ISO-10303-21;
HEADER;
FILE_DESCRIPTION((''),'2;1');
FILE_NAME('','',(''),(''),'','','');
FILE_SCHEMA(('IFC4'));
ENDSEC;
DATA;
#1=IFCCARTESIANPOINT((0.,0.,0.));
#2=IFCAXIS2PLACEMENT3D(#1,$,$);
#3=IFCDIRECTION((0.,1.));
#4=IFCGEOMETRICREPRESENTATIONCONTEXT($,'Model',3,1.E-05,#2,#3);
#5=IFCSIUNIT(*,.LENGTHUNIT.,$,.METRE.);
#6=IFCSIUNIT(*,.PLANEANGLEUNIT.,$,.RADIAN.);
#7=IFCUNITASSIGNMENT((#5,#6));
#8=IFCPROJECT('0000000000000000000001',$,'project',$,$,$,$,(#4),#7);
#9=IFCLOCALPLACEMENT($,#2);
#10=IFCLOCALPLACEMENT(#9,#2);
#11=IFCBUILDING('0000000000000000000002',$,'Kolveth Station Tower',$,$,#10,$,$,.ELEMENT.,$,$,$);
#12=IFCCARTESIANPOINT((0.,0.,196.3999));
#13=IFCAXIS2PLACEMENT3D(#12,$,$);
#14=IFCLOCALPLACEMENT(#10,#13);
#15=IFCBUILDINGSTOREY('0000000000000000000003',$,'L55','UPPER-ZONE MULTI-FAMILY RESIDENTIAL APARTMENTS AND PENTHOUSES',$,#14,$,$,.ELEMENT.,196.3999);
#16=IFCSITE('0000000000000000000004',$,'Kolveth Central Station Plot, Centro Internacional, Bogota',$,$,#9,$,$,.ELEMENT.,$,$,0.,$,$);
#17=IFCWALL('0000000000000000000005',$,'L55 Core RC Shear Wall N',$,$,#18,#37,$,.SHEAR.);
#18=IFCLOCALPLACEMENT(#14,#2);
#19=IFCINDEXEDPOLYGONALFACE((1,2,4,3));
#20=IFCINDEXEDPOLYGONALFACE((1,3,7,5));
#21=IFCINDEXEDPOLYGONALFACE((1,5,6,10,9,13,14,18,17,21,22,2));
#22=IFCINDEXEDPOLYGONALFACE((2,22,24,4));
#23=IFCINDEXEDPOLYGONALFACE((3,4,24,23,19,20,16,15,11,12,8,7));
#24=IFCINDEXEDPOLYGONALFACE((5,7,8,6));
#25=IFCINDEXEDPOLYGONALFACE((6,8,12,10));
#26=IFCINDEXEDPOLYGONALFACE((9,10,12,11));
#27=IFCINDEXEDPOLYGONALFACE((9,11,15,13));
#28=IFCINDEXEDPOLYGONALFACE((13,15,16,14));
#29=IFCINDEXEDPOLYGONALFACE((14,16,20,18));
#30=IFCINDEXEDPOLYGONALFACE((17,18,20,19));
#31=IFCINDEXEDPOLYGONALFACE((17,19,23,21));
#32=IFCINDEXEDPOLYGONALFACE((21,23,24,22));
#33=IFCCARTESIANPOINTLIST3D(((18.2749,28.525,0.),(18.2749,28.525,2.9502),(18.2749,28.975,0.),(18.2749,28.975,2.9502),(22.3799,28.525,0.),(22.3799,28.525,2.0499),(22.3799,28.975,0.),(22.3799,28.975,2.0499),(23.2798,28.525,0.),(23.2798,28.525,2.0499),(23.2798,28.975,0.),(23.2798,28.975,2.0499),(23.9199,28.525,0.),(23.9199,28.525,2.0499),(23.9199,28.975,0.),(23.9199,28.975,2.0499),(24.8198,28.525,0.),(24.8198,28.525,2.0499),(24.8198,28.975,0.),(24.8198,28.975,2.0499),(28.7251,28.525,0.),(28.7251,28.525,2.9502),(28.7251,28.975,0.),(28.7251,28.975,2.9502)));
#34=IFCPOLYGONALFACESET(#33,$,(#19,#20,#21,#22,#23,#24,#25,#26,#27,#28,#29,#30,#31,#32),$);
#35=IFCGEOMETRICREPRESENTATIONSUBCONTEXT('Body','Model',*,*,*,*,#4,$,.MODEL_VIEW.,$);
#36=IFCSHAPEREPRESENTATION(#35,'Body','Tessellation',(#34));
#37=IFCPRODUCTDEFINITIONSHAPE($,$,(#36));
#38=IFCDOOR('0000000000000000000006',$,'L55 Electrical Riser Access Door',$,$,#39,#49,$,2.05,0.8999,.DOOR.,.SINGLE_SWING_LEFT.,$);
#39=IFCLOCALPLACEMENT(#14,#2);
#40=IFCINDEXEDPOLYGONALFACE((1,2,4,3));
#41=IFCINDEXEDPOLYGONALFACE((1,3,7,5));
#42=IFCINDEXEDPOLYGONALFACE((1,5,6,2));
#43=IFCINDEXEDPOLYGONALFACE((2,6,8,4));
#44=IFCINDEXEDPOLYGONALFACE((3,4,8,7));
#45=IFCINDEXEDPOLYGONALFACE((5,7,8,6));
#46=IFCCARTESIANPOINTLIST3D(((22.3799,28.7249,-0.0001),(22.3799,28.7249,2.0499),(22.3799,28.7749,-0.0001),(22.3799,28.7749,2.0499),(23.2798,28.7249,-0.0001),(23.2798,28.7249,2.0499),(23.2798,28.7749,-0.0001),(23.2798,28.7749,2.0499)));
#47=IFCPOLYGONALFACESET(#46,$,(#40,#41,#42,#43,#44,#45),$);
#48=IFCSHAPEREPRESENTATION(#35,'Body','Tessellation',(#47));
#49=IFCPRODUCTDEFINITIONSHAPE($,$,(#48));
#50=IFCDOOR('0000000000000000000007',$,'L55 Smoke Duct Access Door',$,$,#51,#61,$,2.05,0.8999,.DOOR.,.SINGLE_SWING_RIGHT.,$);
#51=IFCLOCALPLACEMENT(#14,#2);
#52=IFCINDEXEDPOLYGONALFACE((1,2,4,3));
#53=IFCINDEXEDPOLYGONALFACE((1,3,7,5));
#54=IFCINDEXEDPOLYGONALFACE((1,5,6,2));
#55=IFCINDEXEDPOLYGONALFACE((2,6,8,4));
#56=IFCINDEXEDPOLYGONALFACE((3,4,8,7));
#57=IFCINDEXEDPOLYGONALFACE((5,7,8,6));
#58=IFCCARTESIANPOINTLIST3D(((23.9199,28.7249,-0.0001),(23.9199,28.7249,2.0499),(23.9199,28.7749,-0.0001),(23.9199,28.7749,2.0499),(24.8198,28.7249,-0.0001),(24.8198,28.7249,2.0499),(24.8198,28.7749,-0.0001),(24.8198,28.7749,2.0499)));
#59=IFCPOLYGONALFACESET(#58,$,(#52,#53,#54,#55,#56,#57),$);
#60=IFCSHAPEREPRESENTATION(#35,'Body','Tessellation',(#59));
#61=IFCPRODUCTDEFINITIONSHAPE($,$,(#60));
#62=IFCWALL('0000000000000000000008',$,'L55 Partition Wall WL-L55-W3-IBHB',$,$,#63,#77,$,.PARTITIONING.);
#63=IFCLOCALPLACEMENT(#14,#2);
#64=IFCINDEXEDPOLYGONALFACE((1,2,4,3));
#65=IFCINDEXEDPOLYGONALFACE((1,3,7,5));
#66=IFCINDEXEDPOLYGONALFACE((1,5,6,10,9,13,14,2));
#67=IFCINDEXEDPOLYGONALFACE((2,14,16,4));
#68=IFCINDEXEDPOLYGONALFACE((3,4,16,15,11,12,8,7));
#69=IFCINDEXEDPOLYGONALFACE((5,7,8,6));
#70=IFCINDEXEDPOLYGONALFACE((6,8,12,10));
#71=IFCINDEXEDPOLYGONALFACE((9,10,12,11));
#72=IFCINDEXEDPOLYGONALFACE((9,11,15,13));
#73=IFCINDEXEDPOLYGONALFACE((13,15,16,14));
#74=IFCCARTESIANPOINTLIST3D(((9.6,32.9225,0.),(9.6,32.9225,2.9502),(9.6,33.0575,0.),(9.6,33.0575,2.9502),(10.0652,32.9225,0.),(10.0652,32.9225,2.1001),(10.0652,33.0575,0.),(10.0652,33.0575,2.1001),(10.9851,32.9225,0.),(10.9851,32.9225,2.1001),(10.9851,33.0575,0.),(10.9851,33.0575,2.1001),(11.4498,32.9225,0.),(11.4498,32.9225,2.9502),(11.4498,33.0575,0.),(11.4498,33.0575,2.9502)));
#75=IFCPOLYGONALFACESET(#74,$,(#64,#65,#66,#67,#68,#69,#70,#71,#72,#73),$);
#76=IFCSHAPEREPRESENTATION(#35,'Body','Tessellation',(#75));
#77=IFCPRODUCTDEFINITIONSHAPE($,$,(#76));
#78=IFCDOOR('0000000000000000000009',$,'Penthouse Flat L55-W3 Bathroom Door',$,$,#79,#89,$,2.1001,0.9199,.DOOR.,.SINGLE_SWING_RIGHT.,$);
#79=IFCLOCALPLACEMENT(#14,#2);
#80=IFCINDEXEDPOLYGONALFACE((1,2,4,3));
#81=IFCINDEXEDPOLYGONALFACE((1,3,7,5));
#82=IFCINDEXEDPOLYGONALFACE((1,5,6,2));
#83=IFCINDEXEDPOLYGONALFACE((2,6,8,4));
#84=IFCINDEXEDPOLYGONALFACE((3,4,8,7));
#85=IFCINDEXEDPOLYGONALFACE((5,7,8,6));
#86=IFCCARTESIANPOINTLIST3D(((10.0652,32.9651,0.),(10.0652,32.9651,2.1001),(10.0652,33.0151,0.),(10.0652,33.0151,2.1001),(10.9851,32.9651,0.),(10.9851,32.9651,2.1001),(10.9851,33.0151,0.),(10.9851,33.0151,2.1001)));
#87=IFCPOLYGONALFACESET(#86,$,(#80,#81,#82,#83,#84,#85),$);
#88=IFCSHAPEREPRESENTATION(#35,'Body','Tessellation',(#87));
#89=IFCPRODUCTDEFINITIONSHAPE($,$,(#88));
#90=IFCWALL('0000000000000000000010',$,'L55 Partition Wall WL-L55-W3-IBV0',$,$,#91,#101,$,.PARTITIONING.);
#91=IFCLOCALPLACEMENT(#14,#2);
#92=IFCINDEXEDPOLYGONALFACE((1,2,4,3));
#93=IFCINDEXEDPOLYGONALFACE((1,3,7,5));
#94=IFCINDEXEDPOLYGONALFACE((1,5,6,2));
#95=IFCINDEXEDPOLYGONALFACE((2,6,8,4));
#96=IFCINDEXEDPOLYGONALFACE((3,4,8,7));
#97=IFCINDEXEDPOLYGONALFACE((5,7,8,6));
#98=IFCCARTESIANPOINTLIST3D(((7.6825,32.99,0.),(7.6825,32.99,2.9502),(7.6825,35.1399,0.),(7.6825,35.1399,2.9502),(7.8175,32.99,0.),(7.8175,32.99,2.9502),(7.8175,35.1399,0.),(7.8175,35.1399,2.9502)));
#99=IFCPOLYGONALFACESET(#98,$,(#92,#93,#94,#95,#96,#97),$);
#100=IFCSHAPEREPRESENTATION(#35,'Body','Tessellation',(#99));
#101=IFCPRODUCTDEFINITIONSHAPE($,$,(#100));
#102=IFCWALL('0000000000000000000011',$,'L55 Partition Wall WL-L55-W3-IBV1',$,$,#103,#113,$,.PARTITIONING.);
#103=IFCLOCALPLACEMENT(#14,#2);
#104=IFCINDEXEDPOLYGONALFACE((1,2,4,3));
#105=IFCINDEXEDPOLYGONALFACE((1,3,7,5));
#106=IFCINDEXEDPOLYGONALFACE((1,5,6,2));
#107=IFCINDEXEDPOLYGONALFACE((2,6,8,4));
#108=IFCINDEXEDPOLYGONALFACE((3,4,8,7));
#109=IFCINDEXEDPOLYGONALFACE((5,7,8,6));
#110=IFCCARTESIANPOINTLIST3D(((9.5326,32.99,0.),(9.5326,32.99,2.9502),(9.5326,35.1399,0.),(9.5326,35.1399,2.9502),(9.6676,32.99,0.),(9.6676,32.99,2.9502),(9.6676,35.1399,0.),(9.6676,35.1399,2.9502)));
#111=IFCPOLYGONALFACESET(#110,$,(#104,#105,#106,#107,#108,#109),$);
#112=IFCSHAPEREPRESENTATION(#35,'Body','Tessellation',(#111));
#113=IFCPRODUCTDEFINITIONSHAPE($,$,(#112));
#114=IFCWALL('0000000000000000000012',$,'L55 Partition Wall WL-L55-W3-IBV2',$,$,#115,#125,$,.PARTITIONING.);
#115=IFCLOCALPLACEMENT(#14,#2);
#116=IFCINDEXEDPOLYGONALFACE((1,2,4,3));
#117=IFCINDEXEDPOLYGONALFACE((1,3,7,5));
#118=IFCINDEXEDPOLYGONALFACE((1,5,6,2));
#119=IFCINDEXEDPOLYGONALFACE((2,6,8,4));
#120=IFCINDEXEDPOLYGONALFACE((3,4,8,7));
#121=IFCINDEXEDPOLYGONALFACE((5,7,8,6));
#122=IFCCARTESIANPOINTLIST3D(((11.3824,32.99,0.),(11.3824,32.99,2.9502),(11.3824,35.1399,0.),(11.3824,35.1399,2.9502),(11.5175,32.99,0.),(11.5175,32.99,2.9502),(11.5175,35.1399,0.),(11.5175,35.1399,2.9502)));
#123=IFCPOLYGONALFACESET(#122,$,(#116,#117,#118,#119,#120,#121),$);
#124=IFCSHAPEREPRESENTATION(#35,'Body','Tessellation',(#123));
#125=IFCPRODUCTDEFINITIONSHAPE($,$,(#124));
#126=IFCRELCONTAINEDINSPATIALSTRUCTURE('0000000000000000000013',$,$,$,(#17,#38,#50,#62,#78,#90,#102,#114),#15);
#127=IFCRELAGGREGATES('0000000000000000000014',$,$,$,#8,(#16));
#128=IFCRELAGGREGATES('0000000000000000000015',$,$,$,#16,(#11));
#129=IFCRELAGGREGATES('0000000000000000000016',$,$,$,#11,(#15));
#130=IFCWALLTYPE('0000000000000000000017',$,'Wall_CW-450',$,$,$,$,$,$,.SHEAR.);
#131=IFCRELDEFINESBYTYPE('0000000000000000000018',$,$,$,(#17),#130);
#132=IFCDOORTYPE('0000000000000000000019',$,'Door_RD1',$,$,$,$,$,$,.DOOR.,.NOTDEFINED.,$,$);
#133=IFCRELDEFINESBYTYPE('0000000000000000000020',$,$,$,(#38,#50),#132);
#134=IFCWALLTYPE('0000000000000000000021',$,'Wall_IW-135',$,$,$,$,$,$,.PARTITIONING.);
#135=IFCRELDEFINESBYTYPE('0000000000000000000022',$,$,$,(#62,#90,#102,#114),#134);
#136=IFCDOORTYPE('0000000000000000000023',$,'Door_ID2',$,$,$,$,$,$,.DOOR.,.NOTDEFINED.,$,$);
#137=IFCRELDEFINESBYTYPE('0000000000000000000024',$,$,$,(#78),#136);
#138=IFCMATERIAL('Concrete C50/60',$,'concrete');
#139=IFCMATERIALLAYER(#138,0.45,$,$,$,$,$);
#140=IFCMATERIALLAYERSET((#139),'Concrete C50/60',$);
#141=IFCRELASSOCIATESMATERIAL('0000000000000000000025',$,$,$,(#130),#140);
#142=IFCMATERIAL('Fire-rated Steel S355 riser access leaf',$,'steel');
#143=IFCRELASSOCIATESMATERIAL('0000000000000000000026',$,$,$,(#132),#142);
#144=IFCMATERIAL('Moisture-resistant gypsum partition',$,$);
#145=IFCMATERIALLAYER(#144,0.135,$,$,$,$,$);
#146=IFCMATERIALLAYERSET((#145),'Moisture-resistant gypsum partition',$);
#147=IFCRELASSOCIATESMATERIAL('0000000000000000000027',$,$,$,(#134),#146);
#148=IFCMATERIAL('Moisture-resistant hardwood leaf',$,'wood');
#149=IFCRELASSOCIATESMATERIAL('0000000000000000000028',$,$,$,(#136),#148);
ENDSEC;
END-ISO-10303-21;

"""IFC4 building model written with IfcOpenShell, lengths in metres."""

from ifc_helpers import new_model, si_unit, direction, frame, frame_2d, origin, place, context, subcontext, project, spatial, rectangle, extrude, material, layer, layer_set, type_object, element, fill, save


model = new_model("IFC4")

# Units and contexts
model_context = context("Model", 3, precision=1e-05, world=origin(), true_north=direction((0.0, 1.0)))
body_context = subcontext(model_context, "Body", "Model", "MODEL_VIEW")
ifc_project = project(units=[si_unit("LENGTHUNIT", "METRE"), si_unit("PLANEANGLEUNIT", "RADIAN")], contexts=[model_context])

# Site, building, storey
site_placement = place(None, origin())
site = spatial("IfcSite", under=ifc_project, at=site_placement, Name="Kolveth Central Station Plot, Centro Internacional, Bogota", CompositionType="ELEMENT", RefElevation=0.0)
building_placement = place(site_placement, origin())
building = spatial("IfcBuilding", under=site, at=building_placement, Name="Kolveth Station Tower", CompositionType="ELEMENT")
storey_placement = place(building_placement, frame((0.0, 0.0, 196.3999)))
storey = spatial("IfcBuildingStorey", under=building, at=storey_placement, Name="L55", Description="UPPER-ZONE MULTI-FAMILY RESIDENTIAL APARTMENTS AND PENTHOUSES", CompositionType="ELEMENT", Elevation=196.3999)

# Wall, openings, doors
ifc_material_1 = material(Name="Concrete C50/60", Category="concrete")
ifc_layer_1 = layer(ifc_material_1, 0.45)
ifc_layer_set_1 = layer_set([ifc_layer_1], Name="Concrete C50/60")
wall_type_1 = type_object("IfcWallType", Name="Wall_CW-450", PredefinedType="SHEAR", material=ifc_layer_set_1)
wall_1_placement = place(storey_placement, frame((18.2749, 28.75, 0.0), z_axis=(0.0, 0.0, 1.0), x_axis=(1.0, 0.0, 0.0)))
wall_1 = element("IfcWall", 1, at=wall_1_placement, inside=storey, type_object=wall_type_1, Name="L55 Core RC Shear Wall N", PredefinedType="SHEAR", context=body_context, shape_type="SweptSolid", body=[
    extrude(rectangle(XDim=10.4502, YDim=0.45, at=frame_2d((5.2251, 0.0))), origin(), (0.0, 0.0, 1.0), 2.9502),
])
opening_1_placement = place(wall_1_placement, frame((4.105, 0.0, 0.0)))
opening_1 = element("IfcOpeningElement", 2, at=opening_1_placement, cuts=wall_1, PredefinedType="OPENING", context=body_context, shape_type="SweptSolid", body=[
    extrude(rectangle(XDim=0.8999, YDim=2.05, at=frame_2d((0.45, 1.0249))), frame((0.0, 0.2349, 0.0), z_axis=(0.0, -1.0, 0.0), x_axis=(1.0, 0.0, 0.0)), (0.0, 0.0, 1.0), 0.47),
])
opening_2_placement = place(wall_1_placement, frame((5.645, 0.0, 0.0)))
opening_2 = element("IfcOpeningElement", 3, at=opening_2_placement, cuts=wall_1, PredefinedType="OPENING", context=body_context, shape_type="SweptSolid", body=[
    extrude(rectangle(XDim=0.8999, YDim=2.05, at=frame_2d((0.45, 1.0249))), frame((0.0, 0.2349, 0.0), z_axis=(0.0, -1.0, 0.0), x_axis=(1.0, 0.0, 0.0)), (0.0, 0.0, 1.0), 0.47),
])
ifc_material_2 = material(Name="Fire-rated Steel S355 riser access leaf", Category="steel")
door_type_1 = type_object("IfcDoorType", Name="Door_RD1", OperationType="NOTDEFINED", PredefinedType="DOOR", material=ifc_material_2)
door_1_placement = place(opening_1_placement, origin())
door_1 = element("IfcDoor", 4, at=door_1_placement, inside=storey, type_object=door_type_1, Name="L55 Electrical Riser Access Door", OperationType="SINGLE_SWING_LEFT", OverallHeight=2.05, OverallWidth=0.8999, PredefinedType="DOOR", context=body_context, shape_type="SweptSolid", body=[
    extrude(rectangle(XDim=0.8999, YDim=2.05, at=frame_2d((0.45, 1.0249))), frame((0.0, 0.0249, 0.0), z_axis=(0.0, -1.0, 0.0), x_axis=(1.0, 0.0, 0.0)), (0.0, 0.0, 1.0), 0.05),
])
fill(opening_1, door_1)
door_2_placement = place(opening_2_placement, origin())
door_2 = element("IfcDoor", 5, at=door_2_placement, inside=storey, type_object=door_type_1, Name="L55 Smoke Duct Access Door", OperationType="SINGLE_SWING_RIGHT", OverallHeight=2.05, OverallWidth=0.8999, PredefinedType="DOOR", context=body_context, shape_type="SweptSolid", body=[
    extrude(rectangle(XDim=0.8999, YDim=2.05, at=frame_2d((0.45, 1.0249))), frame((0.0, 0.0249, 0.0), z_axis=(0.0, -1.0, 0.0), x_axis=(1.0, 0.0, 0.0)), (0.0, 0.0, 1.0), 0.05),
])
fill(opening_2, door_2)

# Wall, opening, door
ifc_material_3 = material(Name="Moisture-resistant gypsum partition")
ifc_layer_2 = layer(ifc_material_3, 0.135)
ifc_layer_set_2 = layer_set([ifc_layer_2], Name="Moisture-resistant gypsum partition")
wall_type_2 = type_object("IfcWallType", Name="Wall_IW-135", PredefinedType="PARTITIONING", material=ifc_layer_set_2)
wall_2_placement = place(storey_placement, frame((9.6001, 32.99, 0.0), z_axis=(0.0, 0.0, 1.0), x_axis=(1.0, 0.0, 0.0)))
wall_2 = element("IfcWall", 6, at=wall_2_placement, inside=storey, type_object=wall_type_2, Name="L55 Partition Wall WL-L55-W3-IBHB", PredefinedType="PARTITIONING", context=body_context, shape_type="SweptSolid", body=[
    extrude(rectangle(XDim=1.8499, YDim=0.135, at=frame_2d((0.9248, 0.0))), origin(), (0.0, 0.0, 1.0), 2.9502),
])
opening_3_placement = place(wall_2_placement, frame((0.4651, 0.0, 0.0)))
opening_3 = element("IfcOpeningElement", 7, at=opening_3_placement, cuts=wall_2, PredefinedType="OPENING", context=body_context, shape_type="SweptSolid", body=[
    extrude(rectangle(XDim=0.9199, YDim=2.1001, at=frame_2d((0.46, 1.05))), frame((0.0, 0.0774, 0.0), z_axis=(0.0, -1.0, 0.0), x_axis=(1.0, 0.0, 0.0)), (0.0, 0.0, 1.0), 0.155),
])
ifc_material_4 = material(Name="Moisture-resistant hardwood leaf", Category="wood")
door_type_2 = type_object("IfcDoorType", Name="Door_ID2", OperationType="NOTDEFINED", PredefinedType="DOOR", material=ifc_material_4)
door_3_placement = place(opening_3_placement, frame((0.9199, 0.0, 0.0), z_axis=(0.0, 0.0, 1.0), x_axis=(-1.0, 0.0, 0.0)))
door_3 = element("IfcDoor", 8, at=door_3_placement, inside=storey, type_object=door_type_2, Name="Penthouse Flat L55-W3 Bathroom Door", OperationType="SINGLE_SWING_RIGHT", OverallHeight=2.1001, OverallWidth=0.9199, PredefinedType="DOOR", context=body_context, shape_type="SweptSolid", body=[
    extrude(rectangle(XDim=0.9199, YDim=2.1001, at=frame_2d((0.46, 1.05))), frame((0.0, 0.0249, 0.0), z_axis=(0.0, -1.0, 0.0), x_axis=(1.0, 0.0, 0.0)), (0.0, 0.0, 1.0), 0.05),
])
fill(opening_3, door_3)

# Walls
for number, where, z_axis, x_axis, name in (
    (9, (7.75, 32.99, 0.0), (0.0, 0.0, 1.0), (0.0, 1.0, 0.0), "L55 Partition Wall WL-L55-W3-IBV0"),
    (10, (9.6001, 32.99, 0.0), (0.0, 0.0, 1.0), (0.0, 1.0, 0.0), "L55 Partition Wall WL-L55-W3-IBV1"),
    (11, (11.45, 32.99, 0.0), (0.0, 0.0, 1.0), (0.0, 1.0, 0.0), "L55 Partition Wall WL-L55-W3-IBV2"),
):
    element("IfcWall", number, at=place(storey_placement, frame(where, z_axis=z_axis, x_axis=x_axis)), inside=storey, type_object=wall_type_2, Name=name, PredefinedType="PARTITIONING", context=body_context, shape_type="SweptSolid", body=[
        extrude(rectangle(XDim=2.1499, YDim=0.135, at=frame_2d((1.075, 0.0))), origin(), (0.0, 0.0, 1.0), 2.9502),
    ])

save(model, "model.ifc")
